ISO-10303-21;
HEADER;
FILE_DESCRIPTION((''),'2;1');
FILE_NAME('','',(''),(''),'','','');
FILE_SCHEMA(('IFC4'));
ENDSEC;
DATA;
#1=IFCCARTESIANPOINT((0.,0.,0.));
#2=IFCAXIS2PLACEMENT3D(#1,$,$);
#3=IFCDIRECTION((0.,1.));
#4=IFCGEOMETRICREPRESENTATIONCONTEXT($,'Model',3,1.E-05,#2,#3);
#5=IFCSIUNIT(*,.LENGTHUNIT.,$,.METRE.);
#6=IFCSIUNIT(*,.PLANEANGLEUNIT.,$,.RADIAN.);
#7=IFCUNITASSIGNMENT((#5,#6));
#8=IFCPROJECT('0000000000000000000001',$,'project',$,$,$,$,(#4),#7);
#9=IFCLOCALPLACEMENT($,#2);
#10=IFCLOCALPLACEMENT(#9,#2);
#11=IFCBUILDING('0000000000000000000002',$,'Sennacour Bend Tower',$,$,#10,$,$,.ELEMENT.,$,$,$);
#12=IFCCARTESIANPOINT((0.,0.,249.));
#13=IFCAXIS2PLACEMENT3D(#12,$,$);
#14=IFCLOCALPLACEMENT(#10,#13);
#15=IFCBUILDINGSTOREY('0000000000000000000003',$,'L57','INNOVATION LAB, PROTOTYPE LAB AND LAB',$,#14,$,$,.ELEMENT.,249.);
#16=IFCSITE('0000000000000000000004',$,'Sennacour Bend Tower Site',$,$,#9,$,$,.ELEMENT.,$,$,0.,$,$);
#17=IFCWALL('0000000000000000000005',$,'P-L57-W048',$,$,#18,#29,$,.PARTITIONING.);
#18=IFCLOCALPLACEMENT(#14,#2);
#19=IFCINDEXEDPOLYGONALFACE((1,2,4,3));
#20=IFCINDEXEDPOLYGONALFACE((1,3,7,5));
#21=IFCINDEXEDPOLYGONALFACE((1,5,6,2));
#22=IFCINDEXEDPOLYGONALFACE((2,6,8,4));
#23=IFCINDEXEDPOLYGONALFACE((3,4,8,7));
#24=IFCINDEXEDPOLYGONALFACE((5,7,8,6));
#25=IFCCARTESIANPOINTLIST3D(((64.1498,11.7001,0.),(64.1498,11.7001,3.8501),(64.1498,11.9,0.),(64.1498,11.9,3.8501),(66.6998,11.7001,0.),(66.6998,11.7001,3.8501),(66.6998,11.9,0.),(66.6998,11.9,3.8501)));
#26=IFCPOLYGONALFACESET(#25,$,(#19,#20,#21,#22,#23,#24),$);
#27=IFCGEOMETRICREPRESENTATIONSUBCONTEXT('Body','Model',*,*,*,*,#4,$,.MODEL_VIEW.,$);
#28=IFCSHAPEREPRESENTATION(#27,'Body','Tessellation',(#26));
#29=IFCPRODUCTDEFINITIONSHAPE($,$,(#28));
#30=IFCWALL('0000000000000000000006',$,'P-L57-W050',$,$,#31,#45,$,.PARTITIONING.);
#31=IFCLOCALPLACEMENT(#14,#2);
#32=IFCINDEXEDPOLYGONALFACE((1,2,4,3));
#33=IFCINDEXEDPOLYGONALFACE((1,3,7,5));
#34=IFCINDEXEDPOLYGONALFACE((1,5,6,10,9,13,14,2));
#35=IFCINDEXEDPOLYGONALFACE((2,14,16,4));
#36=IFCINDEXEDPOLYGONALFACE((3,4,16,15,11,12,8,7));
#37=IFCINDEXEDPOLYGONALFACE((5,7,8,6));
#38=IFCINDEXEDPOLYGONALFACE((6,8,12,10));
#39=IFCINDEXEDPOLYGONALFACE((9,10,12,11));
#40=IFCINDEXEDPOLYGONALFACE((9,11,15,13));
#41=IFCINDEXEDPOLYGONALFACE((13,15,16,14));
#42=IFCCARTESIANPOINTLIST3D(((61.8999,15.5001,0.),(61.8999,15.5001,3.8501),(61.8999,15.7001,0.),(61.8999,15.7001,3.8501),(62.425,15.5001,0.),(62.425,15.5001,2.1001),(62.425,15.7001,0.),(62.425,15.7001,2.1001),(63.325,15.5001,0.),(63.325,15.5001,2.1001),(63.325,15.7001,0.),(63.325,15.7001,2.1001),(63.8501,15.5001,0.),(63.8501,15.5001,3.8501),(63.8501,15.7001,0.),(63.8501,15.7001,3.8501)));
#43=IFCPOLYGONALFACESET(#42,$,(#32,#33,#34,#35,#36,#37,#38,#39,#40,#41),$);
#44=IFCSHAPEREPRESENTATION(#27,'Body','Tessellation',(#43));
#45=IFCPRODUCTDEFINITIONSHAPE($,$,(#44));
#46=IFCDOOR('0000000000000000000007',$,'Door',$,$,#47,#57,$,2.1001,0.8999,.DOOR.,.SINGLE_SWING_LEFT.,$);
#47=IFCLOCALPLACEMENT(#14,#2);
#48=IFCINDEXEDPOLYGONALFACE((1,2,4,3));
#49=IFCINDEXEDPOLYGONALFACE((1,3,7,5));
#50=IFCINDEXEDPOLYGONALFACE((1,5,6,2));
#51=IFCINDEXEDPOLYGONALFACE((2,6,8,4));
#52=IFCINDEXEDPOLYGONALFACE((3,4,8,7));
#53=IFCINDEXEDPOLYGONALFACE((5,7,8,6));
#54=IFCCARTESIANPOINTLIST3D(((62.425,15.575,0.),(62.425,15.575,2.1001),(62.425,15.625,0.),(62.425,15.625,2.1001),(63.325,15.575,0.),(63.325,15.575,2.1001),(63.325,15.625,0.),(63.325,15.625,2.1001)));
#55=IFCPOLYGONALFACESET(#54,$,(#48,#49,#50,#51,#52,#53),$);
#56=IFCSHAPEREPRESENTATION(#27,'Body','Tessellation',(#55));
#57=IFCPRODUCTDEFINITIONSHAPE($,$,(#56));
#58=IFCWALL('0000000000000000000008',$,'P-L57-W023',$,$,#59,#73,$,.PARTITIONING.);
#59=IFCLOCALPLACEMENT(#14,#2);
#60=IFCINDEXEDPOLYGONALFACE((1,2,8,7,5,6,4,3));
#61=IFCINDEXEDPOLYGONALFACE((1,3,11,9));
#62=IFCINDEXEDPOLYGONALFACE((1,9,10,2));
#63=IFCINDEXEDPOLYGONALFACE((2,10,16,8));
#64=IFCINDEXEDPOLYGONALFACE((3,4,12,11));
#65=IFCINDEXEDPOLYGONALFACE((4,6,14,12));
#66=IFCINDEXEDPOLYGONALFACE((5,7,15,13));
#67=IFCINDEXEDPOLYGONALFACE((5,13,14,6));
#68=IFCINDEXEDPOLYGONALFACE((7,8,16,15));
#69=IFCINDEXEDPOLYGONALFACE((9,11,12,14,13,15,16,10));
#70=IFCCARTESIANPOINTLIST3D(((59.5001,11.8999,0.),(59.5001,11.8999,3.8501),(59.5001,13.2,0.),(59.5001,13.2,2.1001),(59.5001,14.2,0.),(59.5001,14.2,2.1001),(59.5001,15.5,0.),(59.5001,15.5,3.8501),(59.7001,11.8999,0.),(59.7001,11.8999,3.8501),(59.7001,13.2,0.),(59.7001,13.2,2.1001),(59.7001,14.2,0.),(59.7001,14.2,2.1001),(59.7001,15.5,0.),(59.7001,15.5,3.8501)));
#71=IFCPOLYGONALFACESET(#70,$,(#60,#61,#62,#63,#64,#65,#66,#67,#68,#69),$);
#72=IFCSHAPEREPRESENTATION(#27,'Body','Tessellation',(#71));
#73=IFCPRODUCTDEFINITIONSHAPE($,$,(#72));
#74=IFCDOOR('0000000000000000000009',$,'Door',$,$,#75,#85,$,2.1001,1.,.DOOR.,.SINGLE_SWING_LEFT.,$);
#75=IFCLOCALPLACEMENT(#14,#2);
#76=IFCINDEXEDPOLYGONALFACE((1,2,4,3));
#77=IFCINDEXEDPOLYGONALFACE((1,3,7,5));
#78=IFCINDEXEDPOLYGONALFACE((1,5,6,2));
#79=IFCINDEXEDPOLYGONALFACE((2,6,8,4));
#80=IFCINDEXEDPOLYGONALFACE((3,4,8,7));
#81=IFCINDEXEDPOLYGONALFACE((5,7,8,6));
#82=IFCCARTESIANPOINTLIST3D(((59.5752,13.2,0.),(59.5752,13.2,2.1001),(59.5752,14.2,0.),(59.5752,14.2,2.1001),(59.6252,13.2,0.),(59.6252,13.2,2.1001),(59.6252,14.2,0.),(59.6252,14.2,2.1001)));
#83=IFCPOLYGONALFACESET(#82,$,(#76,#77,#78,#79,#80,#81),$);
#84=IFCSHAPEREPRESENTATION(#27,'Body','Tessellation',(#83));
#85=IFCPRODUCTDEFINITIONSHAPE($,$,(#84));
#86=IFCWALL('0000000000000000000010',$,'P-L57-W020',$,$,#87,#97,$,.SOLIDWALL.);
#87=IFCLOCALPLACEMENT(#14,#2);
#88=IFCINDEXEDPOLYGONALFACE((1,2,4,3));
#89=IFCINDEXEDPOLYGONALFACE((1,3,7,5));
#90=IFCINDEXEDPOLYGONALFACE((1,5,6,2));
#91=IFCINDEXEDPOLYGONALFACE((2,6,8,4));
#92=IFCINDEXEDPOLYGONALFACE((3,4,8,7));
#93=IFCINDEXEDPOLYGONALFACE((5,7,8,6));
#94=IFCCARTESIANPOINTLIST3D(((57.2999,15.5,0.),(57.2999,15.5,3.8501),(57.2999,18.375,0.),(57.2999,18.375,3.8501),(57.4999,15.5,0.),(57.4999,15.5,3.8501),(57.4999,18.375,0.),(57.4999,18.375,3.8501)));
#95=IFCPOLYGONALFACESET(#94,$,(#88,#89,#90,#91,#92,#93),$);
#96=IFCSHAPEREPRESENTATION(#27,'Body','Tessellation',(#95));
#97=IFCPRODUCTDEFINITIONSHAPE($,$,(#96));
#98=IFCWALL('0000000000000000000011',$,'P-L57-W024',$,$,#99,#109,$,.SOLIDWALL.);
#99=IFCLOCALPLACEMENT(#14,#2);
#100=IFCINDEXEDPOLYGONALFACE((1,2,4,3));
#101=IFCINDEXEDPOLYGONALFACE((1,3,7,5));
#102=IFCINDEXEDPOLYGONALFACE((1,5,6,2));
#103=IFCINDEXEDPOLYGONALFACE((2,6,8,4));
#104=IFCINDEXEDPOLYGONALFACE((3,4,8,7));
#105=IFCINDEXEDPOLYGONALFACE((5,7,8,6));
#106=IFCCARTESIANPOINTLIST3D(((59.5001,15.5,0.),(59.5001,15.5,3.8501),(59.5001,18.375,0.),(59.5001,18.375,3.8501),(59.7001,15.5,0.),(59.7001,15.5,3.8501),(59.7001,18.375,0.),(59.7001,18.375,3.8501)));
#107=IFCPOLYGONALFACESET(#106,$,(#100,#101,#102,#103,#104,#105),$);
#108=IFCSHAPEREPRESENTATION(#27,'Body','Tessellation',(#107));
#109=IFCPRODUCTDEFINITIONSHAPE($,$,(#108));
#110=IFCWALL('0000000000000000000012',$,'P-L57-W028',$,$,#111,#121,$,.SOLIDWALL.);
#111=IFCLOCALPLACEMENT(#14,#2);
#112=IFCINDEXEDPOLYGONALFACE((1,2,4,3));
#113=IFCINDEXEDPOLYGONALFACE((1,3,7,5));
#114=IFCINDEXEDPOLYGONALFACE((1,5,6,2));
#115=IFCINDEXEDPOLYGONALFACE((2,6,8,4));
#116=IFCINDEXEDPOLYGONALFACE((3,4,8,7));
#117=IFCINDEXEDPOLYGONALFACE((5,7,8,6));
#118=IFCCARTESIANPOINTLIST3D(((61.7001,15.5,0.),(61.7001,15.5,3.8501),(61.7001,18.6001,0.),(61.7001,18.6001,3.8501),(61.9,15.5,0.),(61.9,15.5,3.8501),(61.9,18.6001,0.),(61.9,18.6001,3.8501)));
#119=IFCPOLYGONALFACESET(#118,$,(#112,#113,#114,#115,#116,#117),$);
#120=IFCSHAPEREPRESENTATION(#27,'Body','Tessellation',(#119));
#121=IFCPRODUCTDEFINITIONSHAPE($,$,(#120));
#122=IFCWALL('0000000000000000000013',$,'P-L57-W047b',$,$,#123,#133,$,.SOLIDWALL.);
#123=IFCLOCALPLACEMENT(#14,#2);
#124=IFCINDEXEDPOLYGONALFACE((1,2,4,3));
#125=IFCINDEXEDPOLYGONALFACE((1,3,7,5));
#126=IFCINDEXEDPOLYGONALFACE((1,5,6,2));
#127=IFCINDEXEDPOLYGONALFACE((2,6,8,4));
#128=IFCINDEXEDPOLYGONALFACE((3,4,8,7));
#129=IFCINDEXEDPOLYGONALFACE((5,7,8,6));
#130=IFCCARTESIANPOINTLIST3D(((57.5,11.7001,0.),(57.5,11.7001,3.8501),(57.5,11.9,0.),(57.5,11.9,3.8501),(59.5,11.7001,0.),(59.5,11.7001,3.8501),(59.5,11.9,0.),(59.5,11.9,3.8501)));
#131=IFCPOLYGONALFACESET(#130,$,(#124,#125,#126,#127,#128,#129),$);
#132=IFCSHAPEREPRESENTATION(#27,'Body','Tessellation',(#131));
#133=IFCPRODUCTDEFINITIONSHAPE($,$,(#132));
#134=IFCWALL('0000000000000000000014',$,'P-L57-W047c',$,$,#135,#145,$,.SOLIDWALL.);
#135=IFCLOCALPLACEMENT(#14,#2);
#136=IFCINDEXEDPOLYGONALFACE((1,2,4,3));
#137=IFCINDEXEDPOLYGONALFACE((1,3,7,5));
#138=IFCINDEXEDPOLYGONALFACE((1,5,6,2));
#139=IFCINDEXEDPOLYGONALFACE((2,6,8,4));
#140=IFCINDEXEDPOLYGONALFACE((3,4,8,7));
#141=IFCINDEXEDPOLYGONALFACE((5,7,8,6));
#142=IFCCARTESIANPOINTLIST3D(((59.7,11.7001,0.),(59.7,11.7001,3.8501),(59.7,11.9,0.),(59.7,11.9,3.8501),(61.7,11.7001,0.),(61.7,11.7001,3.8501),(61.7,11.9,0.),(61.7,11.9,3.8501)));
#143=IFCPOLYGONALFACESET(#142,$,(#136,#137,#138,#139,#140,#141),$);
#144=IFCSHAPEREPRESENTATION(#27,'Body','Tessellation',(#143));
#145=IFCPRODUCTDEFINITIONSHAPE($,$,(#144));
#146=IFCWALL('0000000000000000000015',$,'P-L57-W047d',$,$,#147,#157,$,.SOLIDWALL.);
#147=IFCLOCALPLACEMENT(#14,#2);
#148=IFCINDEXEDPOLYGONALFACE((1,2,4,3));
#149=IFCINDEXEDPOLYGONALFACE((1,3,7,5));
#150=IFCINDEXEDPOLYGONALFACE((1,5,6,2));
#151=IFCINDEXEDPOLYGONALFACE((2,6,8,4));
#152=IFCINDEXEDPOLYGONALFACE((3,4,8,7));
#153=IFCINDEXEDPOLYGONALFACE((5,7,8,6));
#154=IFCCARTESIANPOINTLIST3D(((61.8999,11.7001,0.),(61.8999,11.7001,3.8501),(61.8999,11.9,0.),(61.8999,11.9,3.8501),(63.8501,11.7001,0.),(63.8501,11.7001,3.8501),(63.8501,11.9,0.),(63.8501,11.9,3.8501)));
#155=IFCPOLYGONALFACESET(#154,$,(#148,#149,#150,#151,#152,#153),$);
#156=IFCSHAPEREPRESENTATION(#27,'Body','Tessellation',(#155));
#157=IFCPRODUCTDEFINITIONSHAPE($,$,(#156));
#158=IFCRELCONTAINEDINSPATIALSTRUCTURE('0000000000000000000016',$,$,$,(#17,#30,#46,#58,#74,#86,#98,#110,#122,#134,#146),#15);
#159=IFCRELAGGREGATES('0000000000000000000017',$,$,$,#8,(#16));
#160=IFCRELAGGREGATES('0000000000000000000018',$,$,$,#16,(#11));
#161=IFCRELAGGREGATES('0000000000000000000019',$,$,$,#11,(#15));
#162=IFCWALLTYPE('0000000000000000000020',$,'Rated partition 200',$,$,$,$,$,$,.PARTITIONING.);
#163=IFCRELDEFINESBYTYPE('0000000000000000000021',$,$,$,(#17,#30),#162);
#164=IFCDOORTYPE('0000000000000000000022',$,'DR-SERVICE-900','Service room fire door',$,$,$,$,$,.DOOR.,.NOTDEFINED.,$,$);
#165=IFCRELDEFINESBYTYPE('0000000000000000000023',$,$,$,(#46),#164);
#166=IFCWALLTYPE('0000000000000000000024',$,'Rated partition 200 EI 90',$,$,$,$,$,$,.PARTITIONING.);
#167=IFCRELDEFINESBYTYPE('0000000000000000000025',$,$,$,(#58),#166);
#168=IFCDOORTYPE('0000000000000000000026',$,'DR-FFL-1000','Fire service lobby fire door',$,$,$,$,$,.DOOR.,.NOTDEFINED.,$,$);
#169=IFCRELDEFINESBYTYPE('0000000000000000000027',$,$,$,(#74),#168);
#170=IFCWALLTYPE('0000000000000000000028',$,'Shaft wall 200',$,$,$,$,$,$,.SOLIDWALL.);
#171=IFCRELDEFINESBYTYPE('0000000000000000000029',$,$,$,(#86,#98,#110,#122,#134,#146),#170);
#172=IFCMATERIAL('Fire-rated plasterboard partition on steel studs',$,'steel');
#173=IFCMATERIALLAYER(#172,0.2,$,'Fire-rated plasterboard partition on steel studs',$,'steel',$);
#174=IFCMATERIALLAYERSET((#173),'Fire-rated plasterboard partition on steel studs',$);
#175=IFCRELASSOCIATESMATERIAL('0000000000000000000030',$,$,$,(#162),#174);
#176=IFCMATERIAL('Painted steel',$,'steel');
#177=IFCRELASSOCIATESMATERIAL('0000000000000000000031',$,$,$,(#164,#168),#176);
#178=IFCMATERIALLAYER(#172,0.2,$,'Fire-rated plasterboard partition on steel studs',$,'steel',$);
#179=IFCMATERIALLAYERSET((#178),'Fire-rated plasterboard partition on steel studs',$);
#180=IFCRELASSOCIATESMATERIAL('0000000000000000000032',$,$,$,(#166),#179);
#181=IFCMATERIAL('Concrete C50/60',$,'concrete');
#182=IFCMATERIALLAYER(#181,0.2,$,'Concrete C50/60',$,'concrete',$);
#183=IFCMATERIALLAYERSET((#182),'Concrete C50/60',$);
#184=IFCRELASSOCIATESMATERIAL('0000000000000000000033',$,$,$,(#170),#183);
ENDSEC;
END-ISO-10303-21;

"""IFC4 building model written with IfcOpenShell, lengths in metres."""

from ifc_helpers import new_model, si_unit, direction, frame, frame_2d, origin, place, context, subcontext, project, spatial, rectangle, extrude, material, layer, layer_set, type_object, element, fill, save


model = new_model("IFC4")

# Units and contexts
model_context = context("Model", 3, precision=1e-05, world=origin(), true_north=direction((0.0, 1.0)))
body_context = subcontext(model_context, "Body", "Model", "MODEL_VIEW")
ifc_project = project(units=[si_unit("LENGTHUNIT", "METRE"), si_unit("PLANEANGLEUNIT", "RADIAN")], contexts=[model_context])

# Site, building, storey
site_placement = place(None, origin())
site = spatial("IfcSite", under=ifc_project, at=site_placement, Name="Sennacour Bend Tower Site", CompositionType="ELEMENT", RefElevation=0.0)
building_placement = place(site_placement, origin())
building = spatial("IfcBuilding", under=site, at=building_placement, Name="Sennacour Bend Tower", CompositionType="ELEMENT")
storey_placement = place(building_placement, frame((0.0, 0.0, 249.0)))
storey = spatial("IfcBuildingStorey", under=building, at=storey_placement, Name="L57", Description="INNOVATION LAB, PROTOTYPE LAB AND LAB", CompositionType="ELEMENT", Elevation=249.0)

# Wall
ifc_material_1 = material(Name="Fire-rated plasterboard partition on steel studs", Category="steel")
ifc_layer_1 = layer(ifc_material_1, 0.2, Name="Fire-rated plasterboard partition on steel studs", Category="steel")
ifc_layer_set_1 = layer_set([ifc_layer_1], Name="Fire-rated plasterboard partition on steel studs")
wall_type_1 = type_object("IfcWallType", Name="Rated partition 200", PredefinedType="PARTITIONING", material=ifc_layer_set_1)
wall_1_placement = place(storey_placement, frame((64.1499, 11.8, 0.0), z_axis=(0.0, 0.0, 1.0), x_axis=(1.0, 0.0, 0.0)))
element("IfcWall", 1, at=wall_1_placement, inside=storey, type_object=wall_type_1, Name="P-L57-W048", PredefinedType="PARTITIONING", context=body_context, shape_type="SweptSolid", body=[
    extrude(rectangle(XDim=2.55, YDim=0.2, at=frame_2d((1.2749, 0.0))), origin(), (0.0, 0.0, 1.0), 3.8501),
])

# Walls, openings, doors
wall_2_placement = place(storey_placement, frame((61.8999, 15.6001, 0.0), z_axis=(0.0, 0.0, 1.0), x_axis=(1.0, 0.0, 0.0)))
wall_2 = element("IfcWall", 2, at=wall_2_placement, inside=storey, type_object=wall_type_1, Name="P-L57-W050", PredefinedType="PARTITIONING", context=body_context, shape_type="SweptSolid", body=[
    extrude(rectangle(XDim=1.9502, YDim=0.2, at=frame_2d((0.9751, 0.0))), origin(), (0.0, 0.0, 1.0), 3.8501),
])
opening_1_placement = place(wall_2_placement, frame((0.5251, 0.0, 0.0)))
opening_1 = element("IfcOpeningElement", 3, at=opening_1_placement, cuts=wall_2, PredefinedType="OPENING", context=body_context, shape_type="SweptSolid", body=[
    extrude(rectangle(XDim=0.8999, YDim=2.1001, at=frame_2d((0.45, 1.05))), frame((0.0, 0.1099, 0.0), z_axis=(0.0, -1.0, 0.0), x_axis=(1.0, 0.0, 0.0)), (0.0, 0.0, 1.0), 0.22),
])
ifc_material_2 = material(Name="Painted steel", Category="steel")
door_type_1 = type_object("IfcDoorType", Name="DR-SERVICE-900", Description="Service room fire door", OperationType="NOTDEFINED", PredefinedType="DOOR", material=ifc_material_2)
door_1_placement = place(opening_1_placement, origin())
door_1 = element("IfcDoor", 4, at=door_1_placement, inside=storey, type_object=door_type_1, Name="Door", OperationType="SINGLE_SWING_LEFT", OverallHeight=2.1001, OverallWidth=0.8999, PredefinedType="DOOR", context=body_context, shape_type="SweptSolid", body=[
    extrude(rectangle(XDim=0.8999, YDim=2.1001, at=frame_2d((0.45, 1.05))), frame((0.0, 0.0249, 0.0), z_axis=(0.0, -1.0, 0.0), x_axis=(1.0, 0.0, 0.0)), (0.0, 0.0, 1.0), 0.05),
])
fill(opening_1, door_1)
ifc_layer_2 = layer(ifc_material_1, 0.2, Name="Fire-rated plasterboard partition on steel studs", Category="steel")
ifc_layer_set_2 = layer_set([ifc_layer_2], Name="Fire-rated plasterboard partition on steel studs")
wall_type_2 = type_object("IfcWallType", Name="Rated partition 200 EI 90", PredefinedType="PARTITIONING", material=ifc_layer_set_2)
wall_3_placement = place(storey_placement, frame((59.6001, 11.8999, 0.0), z_axis=(0.0, 0.0, 1.0), x_axis=(0.0, 1.0, 0.0)))
wall_3 = element("IfcWall", 5, at=wall_3_placement, inside=storey, type_object=wall_type_2, Name="P-L57-W023", PredefinedType="PARTITIONING", context=body_context, shape_type="SweptSolid", body=[
    extrude(rectangle(XDim=3.6001, YDim=0.2, at=frame_2d((1.8, 0.0))), origin(), (0.0, 0.0, 1.0), 3.8501),
])
opening_2_placement = place(wall_3_placement, frame((1.3, 0.0, 0.0)))
opening_2 = element("IfcOpeningElement", 6, at=opening_2_placement, cuts=wall_3, PredefinedType="OPENING", context=body_context, shape_type="SweptSolid", body=[
    extrude(rectangle(XDim=1.0, YDim=2.1001, at=frame_2d((0.5, 1.05))), frame((0.0, 0.1099, 0.0), z_axis=(0.0, -1.0, 0.0), x_axis=(1.0, 0.0, 0.0)), (0.0, 0.0, 1.0), 0.22),
])
door_type_2 = type_object("IfcDoorType", Name="DR-FFL-1000", Description="Fire service lobby fire door", OperationType="NOTDEFINED", PredefinedType="DOOR", material=ifc_material_2)
door_2_placement = place(opening_2_placement, origin())
door_2 = element("IfcDoor", 7, at=door_2_placement, inside=storey, type_object=door_type_2, Name="Door", OperationType="SINGLE_SWING_LEFT", OverallHeight=2.1001, OverallWidth=1.0, PredefinedType="DOOR", context=body_context, shape_type="SweptSolid", body=[
    extrude(rectangle(XDim=1.0, YDim=2.1001, at=frame_2d((0.5, 1.05))), frame((0.0, 0.0249, 0.0), z_axis=(0.0, -1.0, 0.0), x_axis=(1.0, 0.0, 0.0)), (0.0, 0.0, 1.0), 0.05),
])
fill(opening_2, door_2)

# Walls
ifc_material_3 = material(Name="Concrete C50/60", Category="concrete")
ifc_layer_3 = layer(ifc_material_3, 0.2, Name="Concrete C50/60", Category="concrete")
ifc_layer_set_3 = layer_set([ifc_layer_3], Name="Concrete C50/60")
wall_type_3 = type_object("IfcWallType", Name="Shaft wall 200", PredefinedType="SOLIDWALL", material=ifc_layer_set_3)
for number, where, z_axis, x_axis, name in (
    (8, (57.3999, 15.5, 0.0), (0.0, 0.0, 1.0), (0.0, 1.0, 0.0), "P-L57-W020"),
    (9, (59.6001, 15.5, 0.0), (0.0, 0.0, 1.0), (0.0, 1.0, 0.0), "P-L57-W024"),
):
    element("IfcWall", number, at=place(storey_placement, frame(where, z_axis=z_axis, x_axis=x_axis)), inside=storey, type_object=wall_type_3, Name=name, PredefinedType="SOLIDWALL", context=body_context, shape_type="SweptSolid", body=[
        extrude(rectangle(XDim=2.875, YDim=0.2, at=frame_2d((1.4375, 0.0))), origin(), (0.0, 0.0, 1.0), 3.8501),
    ])
wall_4_placement = place(storey_placement, frame((61.8, 15.5, 0.0), z_axis=(0.0, 0.0, 1.0), x_axis=(0.0, 1.0, 0.0)))
element("IfcWall", 10, at=wall_4_placement, inside=storey, type_object=wall_type_3, Name="P-L57-W028", PredefinedType="SOLIDWALL", context=body_context, shape_type="SweptSolid", body=[
    extrude(rectangle(XDim=3.1001, YDim=0.2, at=frame_2d((1.55, 0.0))), origin(), (0.0, 0.0, 1.0), 3.8501),
])
for number, where, z_axis, x_axis, name in (
    (11, (57.5, 11.8, 0.0), (0.0, 0.0, 1.0), (1.0, 0.0, 0.0), "P-L57-W047b"),
    (12, (59.7, 11.8, 0.0), (0.0, 0.0, 1.0), (1.0, 0.0, 0.0), "P-L57-W047c"),
):
    element("IfcWall", number, at=place(storey_placement, frame(where, z_axis=z_axis, x_axis=x_axis)), inside=storey, type_object=wall_type_3, Name=name, PredefinedType="SOLIDWALL", context=body_context, shape_type="SweptSolid", body=[
        extrude(rectangle(XDim=2.0, YDim=0.2, at=frame_2d((1.0, 0.0))), origin(), (0.0, 0.0, 1.0), 3.8501),
    ])
wall_5_placement = place(storey_placement, frame((61.8999, 11.8, 0.0), z_axis=(0.0, 0.0, 1.0), x_axis=(1.0, 0.0, 0.0)))
element("IfcWall", 13, at=wall_5_placement, inside=storey, type_object=wall_type_3, Name="P-L57-W047d", PredefinedType="SOLIDWALL", context=body_context, shape_type="SweptSolid", body=[
    extrude(rectangle(XDim=1.9502, YDim=0.2, at=frame_2d((0.9751, 0.0))), origin(), (0.0, 0.0, 1.0), 3.8501),
])

save(model, "model.ifc")
